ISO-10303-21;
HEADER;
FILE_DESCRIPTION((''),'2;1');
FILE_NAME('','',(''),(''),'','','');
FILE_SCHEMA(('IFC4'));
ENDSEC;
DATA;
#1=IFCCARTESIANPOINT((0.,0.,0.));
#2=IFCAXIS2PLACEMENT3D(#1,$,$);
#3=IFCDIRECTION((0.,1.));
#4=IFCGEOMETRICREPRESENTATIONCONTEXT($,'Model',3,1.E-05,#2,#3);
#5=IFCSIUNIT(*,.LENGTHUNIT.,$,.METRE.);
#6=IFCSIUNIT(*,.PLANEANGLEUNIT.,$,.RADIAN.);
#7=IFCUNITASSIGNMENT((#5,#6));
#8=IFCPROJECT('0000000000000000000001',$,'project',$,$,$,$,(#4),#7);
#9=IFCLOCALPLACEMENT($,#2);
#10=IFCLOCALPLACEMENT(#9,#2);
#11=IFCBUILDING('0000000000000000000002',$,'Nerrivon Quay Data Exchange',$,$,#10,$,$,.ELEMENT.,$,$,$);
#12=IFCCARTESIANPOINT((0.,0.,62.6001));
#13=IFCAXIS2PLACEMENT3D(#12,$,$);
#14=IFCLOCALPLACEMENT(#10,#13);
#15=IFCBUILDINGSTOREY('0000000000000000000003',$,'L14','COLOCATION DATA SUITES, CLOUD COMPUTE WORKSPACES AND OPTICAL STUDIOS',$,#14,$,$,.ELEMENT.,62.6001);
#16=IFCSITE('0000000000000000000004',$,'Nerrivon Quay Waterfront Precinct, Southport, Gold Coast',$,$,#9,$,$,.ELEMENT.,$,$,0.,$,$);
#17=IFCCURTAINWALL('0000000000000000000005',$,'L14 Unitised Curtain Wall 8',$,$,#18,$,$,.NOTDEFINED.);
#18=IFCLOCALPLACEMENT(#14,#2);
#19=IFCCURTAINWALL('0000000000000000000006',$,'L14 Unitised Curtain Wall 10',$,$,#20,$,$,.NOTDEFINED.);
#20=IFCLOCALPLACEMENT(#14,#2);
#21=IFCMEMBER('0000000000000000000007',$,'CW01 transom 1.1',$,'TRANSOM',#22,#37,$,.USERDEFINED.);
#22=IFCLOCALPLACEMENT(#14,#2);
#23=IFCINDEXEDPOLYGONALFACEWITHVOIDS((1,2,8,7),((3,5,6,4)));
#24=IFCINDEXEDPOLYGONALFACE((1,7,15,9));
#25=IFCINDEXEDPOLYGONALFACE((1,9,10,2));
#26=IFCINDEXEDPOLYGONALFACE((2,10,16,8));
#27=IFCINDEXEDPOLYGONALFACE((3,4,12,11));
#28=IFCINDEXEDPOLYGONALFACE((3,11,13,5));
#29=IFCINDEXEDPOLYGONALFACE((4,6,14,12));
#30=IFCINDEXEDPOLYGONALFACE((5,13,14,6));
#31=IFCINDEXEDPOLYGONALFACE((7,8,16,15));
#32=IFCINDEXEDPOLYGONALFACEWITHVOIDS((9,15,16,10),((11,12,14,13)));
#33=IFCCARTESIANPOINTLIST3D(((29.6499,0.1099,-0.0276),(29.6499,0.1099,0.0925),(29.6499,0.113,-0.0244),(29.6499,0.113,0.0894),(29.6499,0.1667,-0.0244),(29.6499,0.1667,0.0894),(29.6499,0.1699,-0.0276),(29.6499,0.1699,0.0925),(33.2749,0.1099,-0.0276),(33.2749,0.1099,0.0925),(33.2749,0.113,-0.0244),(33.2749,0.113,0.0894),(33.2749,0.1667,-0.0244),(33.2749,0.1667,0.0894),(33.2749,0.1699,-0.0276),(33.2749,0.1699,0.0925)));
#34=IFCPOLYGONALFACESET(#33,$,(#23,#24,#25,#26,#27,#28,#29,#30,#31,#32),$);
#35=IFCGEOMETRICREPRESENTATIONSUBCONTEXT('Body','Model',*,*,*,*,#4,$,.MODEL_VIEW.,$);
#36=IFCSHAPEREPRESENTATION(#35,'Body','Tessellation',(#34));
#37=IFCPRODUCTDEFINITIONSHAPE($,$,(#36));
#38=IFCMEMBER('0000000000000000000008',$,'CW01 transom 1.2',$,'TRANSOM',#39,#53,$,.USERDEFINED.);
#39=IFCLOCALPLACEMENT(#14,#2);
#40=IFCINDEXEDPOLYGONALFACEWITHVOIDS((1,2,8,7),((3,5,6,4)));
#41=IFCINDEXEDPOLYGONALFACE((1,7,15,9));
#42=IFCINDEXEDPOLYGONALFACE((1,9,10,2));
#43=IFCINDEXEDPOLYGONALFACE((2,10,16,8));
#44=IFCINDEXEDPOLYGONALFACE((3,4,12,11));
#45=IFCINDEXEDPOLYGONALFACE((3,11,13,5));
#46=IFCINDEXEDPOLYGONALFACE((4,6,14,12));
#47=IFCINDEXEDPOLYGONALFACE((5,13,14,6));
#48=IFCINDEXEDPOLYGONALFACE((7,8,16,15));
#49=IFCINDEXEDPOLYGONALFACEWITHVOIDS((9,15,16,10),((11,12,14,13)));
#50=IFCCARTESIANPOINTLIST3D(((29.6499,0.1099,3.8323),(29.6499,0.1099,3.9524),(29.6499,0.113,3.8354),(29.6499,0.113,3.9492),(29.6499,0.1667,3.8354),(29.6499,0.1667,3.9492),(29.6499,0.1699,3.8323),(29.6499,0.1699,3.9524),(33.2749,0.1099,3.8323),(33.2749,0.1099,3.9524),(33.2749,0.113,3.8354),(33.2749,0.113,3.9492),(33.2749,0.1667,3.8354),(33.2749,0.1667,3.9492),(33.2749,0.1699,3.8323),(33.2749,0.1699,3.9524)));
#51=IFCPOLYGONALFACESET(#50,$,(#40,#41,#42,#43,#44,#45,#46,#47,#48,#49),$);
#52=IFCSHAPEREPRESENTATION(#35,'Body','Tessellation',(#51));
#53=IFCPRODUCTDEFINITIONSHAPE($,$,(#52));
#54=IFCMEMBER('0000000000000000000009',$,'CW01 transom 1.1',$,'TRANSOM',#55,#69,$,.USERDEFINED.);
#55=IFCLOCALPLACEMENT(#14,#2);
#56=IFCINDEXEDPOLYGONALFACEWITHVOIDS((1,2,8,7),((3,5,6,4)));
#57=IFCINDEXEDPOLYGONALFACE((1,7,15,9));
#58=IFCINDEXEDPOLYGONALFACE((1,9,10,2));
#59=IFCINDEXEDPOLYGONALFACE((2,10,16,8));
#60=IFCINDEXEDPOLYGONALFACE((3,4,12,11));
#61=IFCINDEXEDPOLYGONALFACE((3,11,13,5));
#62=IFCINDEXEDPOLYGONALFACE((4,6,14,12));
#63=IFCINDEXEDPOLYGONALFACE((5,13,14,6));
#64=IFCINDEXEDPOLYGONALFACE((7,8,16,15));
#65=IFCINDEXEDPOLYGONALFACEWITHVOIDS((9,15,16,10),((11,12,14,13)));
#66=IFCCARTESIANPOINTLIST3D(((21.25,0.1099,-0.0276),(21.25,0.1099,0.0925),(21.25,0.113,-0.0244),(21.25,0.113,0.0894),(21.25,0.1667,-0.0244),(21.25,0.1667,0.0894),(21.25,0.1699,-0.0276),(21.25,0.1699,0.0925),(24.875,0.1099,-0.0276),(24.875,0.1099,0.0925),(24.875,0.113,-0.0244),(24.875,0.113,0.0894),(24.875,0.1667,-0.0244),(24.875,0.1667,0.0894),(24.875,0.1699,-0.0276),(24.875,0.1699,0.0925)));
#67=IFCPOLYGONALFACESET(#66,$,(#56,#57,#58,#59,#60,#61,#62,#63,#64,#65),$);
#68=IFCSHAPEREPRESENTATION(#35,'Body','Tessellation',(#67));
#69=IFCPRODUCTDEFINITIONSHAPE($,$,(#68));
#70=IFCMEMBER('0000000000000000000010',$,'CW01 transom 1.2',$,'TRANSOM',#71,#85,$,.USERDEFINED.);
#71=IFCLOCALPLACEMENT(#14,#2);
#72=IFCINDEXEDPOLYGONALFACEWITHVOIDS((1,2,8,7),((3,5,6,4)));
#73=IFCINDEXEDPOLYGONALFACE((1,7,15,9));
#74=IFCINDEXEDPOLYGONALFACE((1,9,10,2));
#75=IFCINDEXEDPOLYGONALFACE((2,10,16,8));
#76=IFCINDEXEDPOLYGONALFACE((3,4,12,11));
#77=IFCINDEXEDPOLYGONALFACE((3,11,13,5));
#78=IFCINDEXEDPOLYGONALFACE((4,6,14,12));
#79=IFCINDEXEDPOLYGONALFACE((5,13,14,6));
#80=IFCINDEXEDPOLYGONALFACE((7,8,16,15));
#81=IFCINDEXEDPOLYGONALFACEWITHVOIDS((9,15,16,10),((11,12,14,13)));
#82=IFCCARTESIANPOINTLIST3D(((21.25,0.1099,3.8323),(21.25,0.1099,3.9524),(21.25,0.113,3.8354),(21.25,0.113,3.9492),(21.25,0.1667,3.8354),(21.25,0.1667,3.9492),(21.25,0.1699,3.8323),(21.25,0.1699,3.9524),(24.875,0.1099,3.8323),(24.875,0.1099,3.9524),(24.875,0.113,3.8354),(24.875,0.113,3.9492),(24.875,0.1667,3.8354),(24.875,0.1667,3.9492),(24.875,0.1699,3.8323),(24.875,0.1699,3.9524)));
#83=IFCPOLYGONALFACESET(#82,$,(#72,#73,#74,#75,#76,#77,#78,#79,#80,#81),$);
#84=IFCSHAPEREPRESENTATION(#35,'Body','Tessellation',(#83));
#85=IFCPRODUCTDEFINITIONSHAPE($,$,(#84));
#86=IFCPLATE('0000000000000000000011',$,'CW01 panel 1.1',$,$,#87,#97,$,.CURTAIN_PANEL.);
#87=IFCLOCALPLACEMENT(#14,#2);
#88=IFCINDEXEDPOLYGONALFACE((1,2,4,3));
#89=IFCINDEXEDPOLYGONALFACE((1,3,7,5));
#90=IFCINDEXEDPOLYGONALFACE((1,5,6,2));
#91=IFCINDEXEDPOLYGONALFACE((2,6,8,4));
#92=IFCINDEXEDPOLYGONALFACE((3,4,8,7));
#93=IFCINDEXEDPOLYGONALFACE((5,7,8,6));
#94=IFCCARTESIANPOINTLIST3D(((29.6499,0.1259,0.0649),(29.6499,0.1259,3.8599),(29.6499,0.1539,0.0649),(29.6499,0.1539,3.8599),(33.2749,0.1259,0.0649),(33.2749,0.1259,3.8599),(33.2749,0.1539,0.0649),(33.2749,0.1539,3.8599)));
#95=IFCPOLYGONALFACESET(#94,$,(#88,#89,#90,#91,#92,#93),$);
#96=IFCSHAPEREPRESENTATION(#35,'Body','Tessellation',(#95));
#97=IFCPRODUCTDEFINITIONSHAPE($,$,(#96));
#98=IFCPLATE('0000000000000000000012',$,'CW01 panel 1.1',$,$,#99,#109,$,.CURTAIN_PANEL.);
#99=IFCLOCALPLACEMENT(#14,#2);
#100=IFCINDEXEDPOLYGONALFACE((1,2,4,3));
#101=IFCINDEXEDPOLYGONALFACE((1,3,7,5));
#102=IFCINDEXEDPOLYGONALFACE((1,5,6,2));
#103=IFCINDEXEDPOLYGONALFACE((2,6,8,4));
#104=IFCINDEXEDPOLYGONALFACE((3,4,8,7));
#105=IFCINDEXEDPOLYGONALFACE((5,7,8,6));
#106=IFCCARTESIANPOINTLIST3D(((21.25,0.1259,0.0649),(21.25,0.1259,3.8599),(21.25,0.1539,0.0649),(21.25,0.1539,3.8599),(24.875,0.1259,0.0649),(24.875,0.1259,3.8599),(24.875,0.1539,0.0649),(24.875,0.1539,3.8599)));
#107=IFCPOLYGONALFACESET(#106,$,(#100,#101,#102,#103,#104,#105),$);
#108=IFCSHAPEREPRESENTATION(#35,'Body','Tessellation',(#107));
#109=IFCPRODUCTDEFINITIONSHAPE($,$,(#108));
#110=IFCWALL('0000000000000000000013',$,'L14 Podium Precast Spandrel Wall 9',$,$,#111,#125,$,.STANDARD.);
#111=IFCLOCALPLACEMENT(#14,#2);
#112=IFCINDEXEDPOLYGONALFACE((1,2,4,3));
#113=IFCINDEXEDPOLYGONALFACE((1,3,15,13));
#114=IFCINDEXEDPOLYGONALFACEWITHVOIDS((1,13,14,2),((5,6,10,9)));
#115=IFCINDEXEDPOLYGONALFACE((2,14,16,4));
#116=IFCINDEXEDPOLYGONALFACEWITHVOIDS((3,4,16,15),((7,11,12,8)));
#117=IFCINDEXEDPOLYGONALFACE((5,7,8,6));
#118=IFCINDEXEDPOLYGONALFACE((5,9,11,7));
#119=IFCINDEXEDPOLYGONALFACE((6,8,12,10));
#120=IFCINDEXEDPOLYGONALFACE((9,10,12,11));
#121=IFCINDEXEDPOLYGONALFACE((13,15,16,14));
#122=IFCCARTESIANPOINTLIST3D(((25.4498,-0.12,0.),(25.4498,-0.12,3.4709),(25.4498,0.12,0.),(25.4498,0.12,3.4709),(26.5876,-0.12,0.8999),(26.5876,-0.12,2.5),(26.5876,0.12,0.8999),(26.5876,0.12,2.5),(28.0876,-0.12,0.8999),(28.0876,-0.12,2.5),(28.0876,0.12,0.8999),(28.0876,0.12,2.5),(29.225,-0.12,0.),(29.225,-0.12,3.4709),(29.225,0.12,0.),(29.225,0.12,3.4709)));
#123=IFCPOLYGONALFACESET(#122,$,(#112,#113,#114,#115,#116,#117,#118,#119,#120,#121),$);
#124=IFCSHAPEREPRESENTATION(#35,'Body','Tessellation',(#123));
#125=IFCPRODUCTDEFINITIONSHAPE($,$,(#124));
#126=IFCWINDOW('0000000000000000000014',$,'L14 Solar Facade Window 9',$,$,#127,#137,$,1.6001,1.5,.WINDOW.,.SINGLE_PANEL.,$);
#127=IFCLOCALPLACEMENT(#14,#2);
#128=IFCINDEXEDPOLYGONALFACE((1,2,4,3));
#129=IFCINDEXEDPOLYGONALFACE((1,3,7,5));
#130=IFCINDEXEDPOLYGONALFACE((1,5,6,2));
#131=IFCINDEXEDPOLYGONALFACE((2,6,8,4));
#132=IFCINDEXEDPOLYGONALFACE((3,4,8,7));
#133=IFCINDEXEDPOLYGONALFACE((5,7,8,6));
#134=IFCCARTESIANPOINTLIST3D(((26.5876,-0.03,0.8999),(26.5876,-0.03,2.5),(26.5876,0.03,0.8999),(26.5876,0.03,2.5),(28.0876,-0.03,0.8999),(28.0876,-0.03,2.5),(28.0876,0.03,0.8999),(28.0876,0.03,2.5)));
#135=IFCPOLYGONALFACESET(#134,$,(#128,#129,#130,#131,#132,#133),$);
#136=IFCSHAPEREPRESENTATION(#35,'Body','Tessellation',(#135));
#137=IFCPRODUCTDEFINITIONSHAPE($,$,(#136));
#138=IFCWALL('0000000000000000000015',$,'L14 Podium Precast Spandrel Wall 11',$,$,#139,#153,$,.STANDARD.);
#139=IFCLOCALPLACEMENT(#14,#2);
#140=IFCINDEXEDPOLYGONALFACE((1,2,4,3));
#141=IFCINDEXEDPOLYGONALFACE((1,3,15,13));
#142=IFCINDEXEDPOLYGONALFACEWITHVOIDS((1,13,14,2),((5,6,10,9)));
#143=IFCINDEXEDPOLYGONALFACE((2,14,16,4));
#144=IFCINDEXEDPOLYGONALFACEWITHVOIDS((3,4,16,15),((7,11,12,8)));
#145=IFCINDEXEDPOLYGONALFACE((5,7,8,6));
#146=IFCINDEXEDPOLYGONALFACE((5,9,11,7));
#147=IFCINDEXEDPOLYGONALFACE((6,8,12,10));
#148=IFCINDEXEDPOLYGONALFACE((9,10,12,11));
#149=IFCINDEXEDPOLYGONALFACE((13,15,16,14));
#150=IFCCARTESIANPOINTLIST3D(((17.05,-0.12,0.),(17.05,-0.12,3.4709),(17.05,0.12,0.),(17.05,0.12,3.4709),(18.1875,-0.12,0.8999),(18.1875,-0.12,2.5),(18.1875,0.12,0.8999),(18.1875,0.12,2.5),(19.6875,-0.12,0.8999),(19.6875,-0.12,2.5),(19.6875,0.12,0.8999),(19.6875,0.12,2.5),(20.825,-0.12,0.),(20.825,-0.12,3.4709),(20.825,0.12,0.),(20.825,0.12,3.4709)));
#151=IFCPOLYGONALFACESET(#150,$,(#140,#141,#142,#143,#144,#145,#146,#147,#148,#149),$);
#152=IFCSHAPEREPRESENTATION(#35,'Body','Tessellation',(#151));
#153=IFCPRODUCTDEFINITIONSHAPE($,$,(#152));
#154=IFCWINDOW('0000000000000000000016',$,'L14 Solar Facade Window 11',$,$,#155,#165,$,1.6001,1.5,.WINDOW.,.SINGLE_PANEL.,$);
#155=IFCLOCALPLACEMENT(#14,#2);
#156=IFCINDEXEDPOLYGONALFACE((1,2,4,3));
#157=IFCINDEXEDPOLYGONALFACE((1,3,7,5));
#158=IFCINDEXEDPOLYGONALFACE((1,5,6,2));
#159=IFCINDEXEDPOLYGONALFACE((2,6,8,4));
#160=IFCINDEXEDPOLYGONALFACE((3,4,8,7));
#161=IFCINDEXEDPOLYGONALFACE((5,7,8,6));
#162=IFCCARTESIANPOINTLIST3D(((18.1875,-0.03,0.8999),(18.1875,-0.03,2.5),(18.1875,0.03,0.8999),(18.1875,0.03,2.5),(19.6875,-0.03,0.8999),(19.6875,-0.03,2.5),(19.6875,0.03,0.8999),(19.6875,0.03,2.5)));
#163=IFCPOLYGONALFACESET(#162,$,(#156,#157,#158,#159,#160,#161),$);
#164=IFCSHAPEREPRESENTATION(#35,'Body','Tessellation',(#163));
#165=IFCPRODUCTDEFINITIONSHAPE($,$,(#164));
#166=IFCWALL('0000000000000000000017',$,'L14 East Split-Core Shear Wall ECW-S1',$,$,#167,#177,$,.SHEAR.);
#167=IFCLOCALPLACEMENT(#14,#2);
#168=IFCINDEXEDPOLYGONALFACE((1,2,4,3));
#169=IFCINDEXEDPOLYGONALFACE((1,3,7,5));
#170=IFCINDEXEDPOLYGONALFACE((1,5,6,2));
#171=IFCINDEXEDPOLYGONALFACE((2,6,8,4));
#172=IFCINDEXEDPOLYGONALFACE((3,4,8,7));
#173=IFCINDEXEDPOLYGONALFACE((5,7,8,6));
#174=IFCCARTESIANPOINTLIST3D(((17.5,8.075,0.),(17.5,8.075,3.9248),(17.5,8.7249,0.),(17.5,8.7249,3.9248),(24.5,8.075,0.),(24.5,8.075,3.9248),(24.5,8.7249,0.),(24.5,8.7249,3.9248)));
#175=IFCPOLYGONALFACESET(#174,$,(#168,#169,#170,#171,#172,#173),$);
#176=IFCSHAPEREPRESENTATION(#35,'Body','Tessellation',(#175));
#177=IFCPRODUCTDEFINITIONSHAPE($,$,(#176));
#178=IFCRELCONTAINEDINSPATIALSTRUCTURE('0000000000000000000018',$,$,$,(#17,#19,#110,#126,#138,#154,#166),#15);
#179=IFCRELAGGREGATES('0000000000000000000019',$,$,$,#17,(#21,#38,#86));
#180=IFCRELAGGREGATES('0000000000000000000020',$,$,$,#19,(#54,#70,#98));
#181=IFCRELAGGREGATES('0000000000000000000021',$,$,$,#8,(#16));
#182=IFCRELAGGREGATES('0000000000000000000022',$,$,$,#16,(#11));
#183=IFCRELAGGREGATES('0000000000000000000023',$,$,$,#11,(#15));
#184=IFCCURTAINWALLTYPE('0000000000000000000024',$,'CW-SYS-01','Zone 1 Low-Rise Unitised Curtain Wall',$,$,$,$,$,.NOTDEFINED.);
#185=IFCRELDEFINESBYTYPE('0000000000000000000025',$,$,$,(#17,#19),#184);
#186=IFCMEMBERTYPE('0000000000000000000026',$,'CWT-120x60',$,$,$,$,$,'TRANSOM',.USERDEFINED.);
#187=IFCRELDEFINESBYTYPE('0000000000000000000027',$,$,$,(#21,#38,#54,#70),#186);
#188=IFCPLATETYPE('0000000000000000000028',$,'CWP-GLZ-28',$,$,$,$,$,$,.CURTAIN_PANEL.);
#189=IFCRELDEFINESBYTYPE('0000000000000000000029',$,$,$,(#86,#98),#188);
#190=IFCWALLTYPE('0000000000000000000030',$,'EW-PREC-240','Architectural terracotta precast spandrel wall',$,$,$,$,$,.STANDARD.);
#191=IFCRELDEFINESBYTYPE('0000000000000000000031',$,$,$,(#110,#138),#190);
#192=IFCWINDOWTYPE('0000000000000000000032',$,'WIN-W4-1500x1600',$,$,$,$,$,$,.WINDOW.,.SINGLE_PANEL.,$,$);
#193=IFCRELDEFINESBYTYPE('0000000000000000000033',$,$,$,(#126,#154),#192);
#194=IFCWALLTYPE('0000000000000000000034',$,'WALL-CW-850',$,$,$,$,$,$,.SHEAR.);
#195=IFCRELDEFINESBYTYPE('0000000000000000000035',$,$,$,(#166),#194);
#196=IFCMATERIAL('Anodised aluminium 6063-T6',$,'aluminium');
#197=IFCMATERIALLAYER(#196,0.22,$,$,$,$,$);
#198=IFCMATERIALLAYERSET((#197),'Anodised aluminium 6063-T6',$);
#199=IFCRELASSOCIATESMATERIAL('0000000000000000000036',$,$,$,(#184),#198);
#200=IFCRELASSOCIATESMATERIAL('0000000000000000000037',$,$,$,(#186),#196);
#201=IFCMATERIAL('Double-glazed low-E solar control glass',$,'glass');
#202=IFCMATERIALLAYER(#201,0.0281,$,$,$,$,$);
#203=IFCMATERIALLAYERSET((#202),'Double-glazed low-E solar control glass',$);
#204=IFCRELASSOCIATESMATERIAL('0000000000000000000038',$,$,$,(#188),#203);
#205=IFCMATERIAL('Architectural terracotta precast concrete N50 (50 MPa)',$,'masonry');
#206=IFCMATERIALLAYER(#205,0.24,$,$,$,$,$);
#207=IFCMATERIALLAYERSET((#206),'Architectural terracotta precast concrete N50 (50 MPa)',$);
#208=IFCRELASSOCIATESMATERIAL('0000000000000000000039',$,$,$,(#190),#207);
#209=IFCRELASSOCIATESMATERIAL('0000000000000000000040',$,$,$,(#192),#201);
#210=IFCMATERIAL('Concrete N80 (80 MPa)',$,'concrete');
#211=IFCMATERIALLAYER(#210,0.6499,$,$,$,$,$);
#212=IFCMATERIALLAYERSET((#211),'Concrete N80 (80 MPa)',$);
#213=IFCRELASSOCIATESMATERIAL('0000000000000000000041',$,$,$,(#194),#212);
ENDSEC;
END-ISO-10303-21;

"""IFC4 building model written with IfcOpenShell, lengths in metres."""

from ifc_helpers import new_model, si_unit, direction, frame, frame_2d, origin, origin_2d, place, context, subcontext, project, spatial, rectangle, hollow_rectangle, extrude, material, layer, layer_set, material_profile, profile_set, type_object, element, fill, aggregate, save


model = new_model("IFC4")

# Units and contexts
model_context = context("Model", 3, precision=1e-05, world=origin(), true_north=direction((0.0, 1.0)))
body_context = subcontext(model_context, "Body", "Model", "MODEL_VIEW")
ifc_project = project(units=[si_unit("LENGTHUNIT", "METRE"), si_unit("PLANEANGLEUNIT", "RADIAN")], contexts=[model_context])

# Site, building, storey
site_placement = place(None, origin())
site = spatial("IfcSite", under=ifc_project, at=site_placement, Name="Nerrivon Quay Waterfront Precinct, Southport, Gold Coast", CompositionType="ELEMENT", RefElevation=0.0)
building_placement = place(site_placement, origin())
building = spatial("IfcBuilding", under=site, at=building_placement, Name="Nerrivon Quay Data Exchange", CompositionType="ELEMENT")
storey_placement = place(building_placement, frame((0.0, 0.0, 62.6001)))
storey = spatial("IfcBuildingStorey", under=building, at=storey_placement, Name="L14", Description="COLOCATION DATA SUITES, CLOUD COMPUTE WORKSPACES AND OPTICAL STUDIOS", CompositionType="ELEMENT", Elevation=62.6001)

# Shared definitions
ifc_material_1 = material(Name="Concrete N80 (80 MPa)", Category="concrete")

# Curtain wall
ifc_material_2 = material(Name="Anodised aluminium 6063-T6", Category="aluminium")
ifc_layer_1 = layer(ifc_material_2, 0.22)
ifc_layer_set_1 = layer_set([ifc_layer_1], Name="Anodised aluminium 6063-T6")
curtain_wall_type = type_object("IfcCurtainWallType", Name="CW-SYS-01", Description="Zone 1 Low-Rise Unitised Curtain Wall", PredefinedType="NOTDEFINED", material=ifc_layer_set_1)
curtain_wall_1_placement = place(storey_placement, origin())
curtain_wall_1 = element("IfcCurtainWall", 1, at=curtain_wall_1_placement, inside=storey, type_object=curtain_wall_type, Name="L14 Unitised Curtain Wall 8", PredefinedType="NOTDEFINED")

# Curtain wall
curtain_wall_2_placement = place(storey_placement, origin())
curtain_wall_2 = element("IfcCurtainWall", 2, at=curtain_wall_2_placement, inside=storey, type_object=curtain_wall_type, Name="L14 Unitised Curtain Wall 10", PredefinedType="NOTDEFINED")

# Members
ifc_material_profile_1 = material_profile(ifc_material_2, hollow_rectangle(XDim=0.0601, YDim=0.1201, WallThickness=0.0032, at=origin_2d()), Name="ALU-TRAN-120x60")
ifc_profile_set_1 = profile_set([ifc_material_profile_1], Name="Anodised aluminium 6063-T6")
member_type_1 = type_object("IfcMemberType", Name="CWT-120x60", ElementType="TRANSOM", PredefinedType="USERDEFINED", material=ifc_profile_set_1)
member_1_placement = place(storey_placement, frame((33.2749, 0.1399, 0.0325), z_axis=(-1.0, 0.0, 0.0), x_axis=(0.0, -1.0, 0.0)))
member_1 = element("IfcMember", 3, at=member_1_placement, type_object=member_type_1, Name="CW01 transom 1.1", ObjectType="TRANSOM", PredefinedType="USERDEFINED", context=body_context, shape_type="SweptSolid", body=[
    extrude(hollow_rectangle(XDim=0.0601, YDim=0.1201, WallThickness=0.0032, at=origin_2d()), origin(), (0.0, 0.0, 1.0), 3.625),
])
member_2_placement = place(storey_placement, frame((33.2749, 0.1399, 3.8923), z_axis=(-1.0, 0.0, 0.0), x_axis=(0.0, -1.0, 0.0)))
member_2 = element("IfcMember", 4, at=member_2_placement, type_object=member_type_1, Name="CW01 transom 1.2", ObjectType="TRANSOM", PredefinedType="USERDEFINED", context=body_context, shape_type="SweptSolid", body=[
    extrude(hollow_rectangle(XDim=0.0601, YDim=0.1201, WallThickness=0.0032, at=origin_2d()), origin(), (0.0, 0.0, 1.0), 3.625),
])
member_3_placement = place(storey_placement, frame((24.875, 0.1399, 0.0325), z_axis=(-1.0, 0.0, 0.0), x_axis=(0.0, -1.0, 0.0)))
member_3 = element("IfcMember", 5, at=member_3_placement, type_object=member_type_1, Name="CW01 transom 1.1", ObjectType="TRANSOM", PredefinedType="USERDEFINED", context=body_context, shape_type="SweptSolid", body=[
    extrude(hollow_rectangle(XDim=0.0601, YDim=0.1201, WallThickness=0.0032, at=origin_2d()), origin(), (0.0, 0.0, 1.0), 3.625),
])
member_4_placement = place(storey_placement, frame((24.875, 0.1399, 3.8923), z_axis=(-1.0, 0.0, 0.0), x_axis=(0.0, -1.0, 0.0)))
member_4 = element("IfcMember", 6, at=member_4_placement, type_object=member_type_1, Name="CW01 transom 1.2", ObjectType="TRANSOM", PredefinedType="USERDEFINED", context=body_context, shape_type="SweptSolid", body=[
    extrude(hollow_rectangle(XDim=0.0601, YDim=0.1201, WallThickness=0.0032, at=origin_2d()), origin(), (0.0, 0.0, 1.0), 3.625),
])

# Plates
ifc_material_3 = material(Name="Double-glazed low-E solar control glass", Category="glass")
ifc_layer_2 = layer(ifc_material_3, 0.0281)
ifc_layer_set_2 = layer_set([ifc_layer_2], Name="Double-glazed low-E solar control glass")
plate_type = type_object("IfcPlateType", Name="CWP-GLZ-28", PredefinedType="CURTAIN_PANEL", material=ifc_layer_set_2)
plate_1_placement = place(storey_placement, frame((31.4624, 0.1399, 0.0649), z_axis=(0.0, 0.0, 1.0), x_axis=(-1.0, 0.0, 0.0)))
plate_1 = element("IfcPlate", 7, at=plate_1_placement, type_object=plate_type, Name="CW01 panel 1.1", PredefinedType="CURTAIN_PANEL", context=body_context, shape_type="SweptSolid", body=[
    extrude(rectangle(XDim=3.625, YDim=0.0281, at=origin_2d()), origin(), (0.0, 0.0, 1.0), 3.7949),
])
aggregate(curtain_wall_1, [member_1, member_2, plate_1])
plate_2_placement = place(storey_placement, frame((23.0625, 0.1399, 0.0649), z_axis=(0.0, 0.0, 1.0), x_axis=(-1.0, 0.0, 0.0)))
plate_2 = element("IfcPlate", 8, at=plate_2_placement, type_object=plate_type, Name="CW01 panel 1.1", PredefinedType="CURTAIN_PANEL", context=body_context, shape_type="SweptSolid", body=[
    extrude(rectangle(XDim=3.625, YDim=0.0281, at=origin_2d()), origin(), (0.0, 0.0, 1.0), 3.7949),
])
aggregate(curtain_wall_2, [member_3, member_4, plate_2])

# Walls, openings, windows
ifc_material_4 = material(Name="Architectural terracotta precast concrete N50 (50 MPa)", Category="masonry")
ifc_layer_3 = layer(ifc_material_4, 0.24)
ifc_layer_set_3 = layer_set([ifc_layer_3], Name="Architectural terracotta precast concrete N50 (50 MPa)")
wall_type_1 = type_object("IfcWallType", Name="EW-PREC-240", Description="Architectural terracotta precast spandrel wall", PredefinedType="STANDARD", material=ifc_layer_set_3)
wall_1_placement = place(storey_placement, frame((29.2251, 0.0, 0.0), z_axis=(0.0, 0.0, 1.0), x_axis=(-1.0, 0.0, 0.0)))
wall_1 = element("IfcWall", 9, at=wall_1_placement, inside=storey, type_object=wall_type_1, Name="L14 Podium Precast Spandrel Wall 9", PredefinedType="STANDARD", context=body_context, shape_type="SweptSolid", body=[
    extrude(rectangle(XDim=3.7751, YDim=0.24, at=frame_2d((1.8877, 0.0))), origin(), (0.0, 0.0, 1.0), 3.4709),
])
opening_1_placement = place(wall_1_placement, frame((1.1375, 0.0, 0.8999)))
opening_1 = element("IfcOpeningElement", 10, at=opening_1_placement, cuts=wall_1, PredefinedType="OPENING", context=body_context, shape_type="SweptSolid", body=[
    extrude(rectangle(XDim=1.5, YDim=1.6001, at=frame_2d((0.75, 0.8))), frame((0.0, 0.1299, 0.0), z_axis=(0.0, -1.0, 0.0), x_axis=(1.0, 0.0, 0.0)), (0.0, 0.0, 1.0), 0.26),
])
window_type = type_object("IfcWindowType", Name="WIN-W4-1500x1600", PartitioningType="SINGLE_PANEL", PredefinedType="WINDOW", material=ifc_material_3)
window_1_placement = place(opening_1_placement, origin())
window_1 = element("IfcWindow", 11, at=window_1_placement, inside=storey, type_object=window_type, Name="L14 Solar Facade Window 9", OverallHeight=1.6001, OverallWidth=1.5, PartitioningType="SINGLE_PANEL", PredefinedType="WINDOW", context=body_context, shape_type="SweptSolid", body=[
    extrude(rectangle(XDim=1.5, YDim=1.6001, at=frame_2d((0.75, 0.8))), frame((0.0, 0.03, 0.0), z_axis=(0.0, -1.0, 0.0), x_axis=(1.0, 0.0, 0.0)), (0.0, 0.0, 1.0), 0.0601),
])
fill(opening_1, window_1)
wall_2_placement = place(storey_placement, frame((20.825, 0.0, 0.0), z_axis=(0.0, 0.0, 1.0), x_axis=(-1.0, 0.0, 0.0)))
wall_2 = element("IfcWall", 12, at=wall_2_placement, inside=storey, type_object=wall_type_1, Name="L14 Podium Precast Spandrel Wall 11", PredefinedType="STANDARD", context=body_context, shape_type="SweptSolid", body=[
    extrude(rectangle(XDim=3.7749, YDim=0.24, at=frame_2d((1.8875, 0.0))), origin(), (0.0, 0.0, 1.0), 3.4709),
])
opening_2_placement = place(wall_2_placement, frame((1.1375, 0.0, 0.8999)))
opening_2 = element("IfcOpeningElement", 13, at=opening_2_placement, cuts=wall_2, PredefinedType="OPENING", context=body_context, shape_type="SweptSolid", body=[
    extrude(rectangle(XDim=1.5, YDim=1.6001, at=frame_2d((0.75, 0.8))), frame((0.0, 0.1299, 0.0), z_axis=(0.0, -1.0, 0.0), x_axis=(1.0, 0.0, 0.0)), (0.0, 0.0, 1.0), 0.26),
])
window_2_placement = place(opening_2_placement, origin())
window_2 = element("IfcWindow", 14, at=window_2_placement, inside=storey, type_object=window_type, Name="L14 Solar Facade Window 11", OverallHeight=1.6001, OverallWidth=1.5, PartitioningType="SINGLE_PANEL", PredefinedType="WINDOW", context=body_context, shape_type="SweptSolid", body=[
    extrude(rectangle(XDim=1.5, YDim=1.6001, at=frame_2d((0.75, 0.8))), frame((0.0, 0.03, 0.0), z_axis=(0.0, -1.0, 0.0), x_axis=(1.0, 0.0, 0.0)), (0.0, 0.0, 1.0), 0.0601),
])
fill(opening_2, window_2)

# Wall
ifc_layer_4 = layer(ifc_material_1, 0.6499)
ifc_layer_set_4 = layer_set([ifc_layer_4], Name="Concrete N80 (80 MPa)")
wall_type_2 = type_object("IfcWallType", Name="WALL-CW-850", PredefinedType="SHEAR", material=ifc_layer_set_4)
for number, where, z_axis, x_axis, name in (
    (15, (17.5, 8.3999, 0.0), (0.0, 0.0, 1.0), (1.0, 0.0, 0.0), "L14 East Split-Core Shear Wall ECW-S1"),
):
    element("IfcWall", number, at=place(storey_placement, frame(where, z_axis=z_axis, x_axis=x_axis)), inside=storey, type_object=wall_type_2, Name=name, PredefinedType="SHEAR", context=body_context, shape_type="SweptSolid", body=[
        extrude(rectangle(XDim=7.0, YDim=0.6499, at=frame_2d((3.5, 0.0))), origin(), (0.0, 0.0, 1.0), 3.9248),
    ])

save(model, "model.ifc")
